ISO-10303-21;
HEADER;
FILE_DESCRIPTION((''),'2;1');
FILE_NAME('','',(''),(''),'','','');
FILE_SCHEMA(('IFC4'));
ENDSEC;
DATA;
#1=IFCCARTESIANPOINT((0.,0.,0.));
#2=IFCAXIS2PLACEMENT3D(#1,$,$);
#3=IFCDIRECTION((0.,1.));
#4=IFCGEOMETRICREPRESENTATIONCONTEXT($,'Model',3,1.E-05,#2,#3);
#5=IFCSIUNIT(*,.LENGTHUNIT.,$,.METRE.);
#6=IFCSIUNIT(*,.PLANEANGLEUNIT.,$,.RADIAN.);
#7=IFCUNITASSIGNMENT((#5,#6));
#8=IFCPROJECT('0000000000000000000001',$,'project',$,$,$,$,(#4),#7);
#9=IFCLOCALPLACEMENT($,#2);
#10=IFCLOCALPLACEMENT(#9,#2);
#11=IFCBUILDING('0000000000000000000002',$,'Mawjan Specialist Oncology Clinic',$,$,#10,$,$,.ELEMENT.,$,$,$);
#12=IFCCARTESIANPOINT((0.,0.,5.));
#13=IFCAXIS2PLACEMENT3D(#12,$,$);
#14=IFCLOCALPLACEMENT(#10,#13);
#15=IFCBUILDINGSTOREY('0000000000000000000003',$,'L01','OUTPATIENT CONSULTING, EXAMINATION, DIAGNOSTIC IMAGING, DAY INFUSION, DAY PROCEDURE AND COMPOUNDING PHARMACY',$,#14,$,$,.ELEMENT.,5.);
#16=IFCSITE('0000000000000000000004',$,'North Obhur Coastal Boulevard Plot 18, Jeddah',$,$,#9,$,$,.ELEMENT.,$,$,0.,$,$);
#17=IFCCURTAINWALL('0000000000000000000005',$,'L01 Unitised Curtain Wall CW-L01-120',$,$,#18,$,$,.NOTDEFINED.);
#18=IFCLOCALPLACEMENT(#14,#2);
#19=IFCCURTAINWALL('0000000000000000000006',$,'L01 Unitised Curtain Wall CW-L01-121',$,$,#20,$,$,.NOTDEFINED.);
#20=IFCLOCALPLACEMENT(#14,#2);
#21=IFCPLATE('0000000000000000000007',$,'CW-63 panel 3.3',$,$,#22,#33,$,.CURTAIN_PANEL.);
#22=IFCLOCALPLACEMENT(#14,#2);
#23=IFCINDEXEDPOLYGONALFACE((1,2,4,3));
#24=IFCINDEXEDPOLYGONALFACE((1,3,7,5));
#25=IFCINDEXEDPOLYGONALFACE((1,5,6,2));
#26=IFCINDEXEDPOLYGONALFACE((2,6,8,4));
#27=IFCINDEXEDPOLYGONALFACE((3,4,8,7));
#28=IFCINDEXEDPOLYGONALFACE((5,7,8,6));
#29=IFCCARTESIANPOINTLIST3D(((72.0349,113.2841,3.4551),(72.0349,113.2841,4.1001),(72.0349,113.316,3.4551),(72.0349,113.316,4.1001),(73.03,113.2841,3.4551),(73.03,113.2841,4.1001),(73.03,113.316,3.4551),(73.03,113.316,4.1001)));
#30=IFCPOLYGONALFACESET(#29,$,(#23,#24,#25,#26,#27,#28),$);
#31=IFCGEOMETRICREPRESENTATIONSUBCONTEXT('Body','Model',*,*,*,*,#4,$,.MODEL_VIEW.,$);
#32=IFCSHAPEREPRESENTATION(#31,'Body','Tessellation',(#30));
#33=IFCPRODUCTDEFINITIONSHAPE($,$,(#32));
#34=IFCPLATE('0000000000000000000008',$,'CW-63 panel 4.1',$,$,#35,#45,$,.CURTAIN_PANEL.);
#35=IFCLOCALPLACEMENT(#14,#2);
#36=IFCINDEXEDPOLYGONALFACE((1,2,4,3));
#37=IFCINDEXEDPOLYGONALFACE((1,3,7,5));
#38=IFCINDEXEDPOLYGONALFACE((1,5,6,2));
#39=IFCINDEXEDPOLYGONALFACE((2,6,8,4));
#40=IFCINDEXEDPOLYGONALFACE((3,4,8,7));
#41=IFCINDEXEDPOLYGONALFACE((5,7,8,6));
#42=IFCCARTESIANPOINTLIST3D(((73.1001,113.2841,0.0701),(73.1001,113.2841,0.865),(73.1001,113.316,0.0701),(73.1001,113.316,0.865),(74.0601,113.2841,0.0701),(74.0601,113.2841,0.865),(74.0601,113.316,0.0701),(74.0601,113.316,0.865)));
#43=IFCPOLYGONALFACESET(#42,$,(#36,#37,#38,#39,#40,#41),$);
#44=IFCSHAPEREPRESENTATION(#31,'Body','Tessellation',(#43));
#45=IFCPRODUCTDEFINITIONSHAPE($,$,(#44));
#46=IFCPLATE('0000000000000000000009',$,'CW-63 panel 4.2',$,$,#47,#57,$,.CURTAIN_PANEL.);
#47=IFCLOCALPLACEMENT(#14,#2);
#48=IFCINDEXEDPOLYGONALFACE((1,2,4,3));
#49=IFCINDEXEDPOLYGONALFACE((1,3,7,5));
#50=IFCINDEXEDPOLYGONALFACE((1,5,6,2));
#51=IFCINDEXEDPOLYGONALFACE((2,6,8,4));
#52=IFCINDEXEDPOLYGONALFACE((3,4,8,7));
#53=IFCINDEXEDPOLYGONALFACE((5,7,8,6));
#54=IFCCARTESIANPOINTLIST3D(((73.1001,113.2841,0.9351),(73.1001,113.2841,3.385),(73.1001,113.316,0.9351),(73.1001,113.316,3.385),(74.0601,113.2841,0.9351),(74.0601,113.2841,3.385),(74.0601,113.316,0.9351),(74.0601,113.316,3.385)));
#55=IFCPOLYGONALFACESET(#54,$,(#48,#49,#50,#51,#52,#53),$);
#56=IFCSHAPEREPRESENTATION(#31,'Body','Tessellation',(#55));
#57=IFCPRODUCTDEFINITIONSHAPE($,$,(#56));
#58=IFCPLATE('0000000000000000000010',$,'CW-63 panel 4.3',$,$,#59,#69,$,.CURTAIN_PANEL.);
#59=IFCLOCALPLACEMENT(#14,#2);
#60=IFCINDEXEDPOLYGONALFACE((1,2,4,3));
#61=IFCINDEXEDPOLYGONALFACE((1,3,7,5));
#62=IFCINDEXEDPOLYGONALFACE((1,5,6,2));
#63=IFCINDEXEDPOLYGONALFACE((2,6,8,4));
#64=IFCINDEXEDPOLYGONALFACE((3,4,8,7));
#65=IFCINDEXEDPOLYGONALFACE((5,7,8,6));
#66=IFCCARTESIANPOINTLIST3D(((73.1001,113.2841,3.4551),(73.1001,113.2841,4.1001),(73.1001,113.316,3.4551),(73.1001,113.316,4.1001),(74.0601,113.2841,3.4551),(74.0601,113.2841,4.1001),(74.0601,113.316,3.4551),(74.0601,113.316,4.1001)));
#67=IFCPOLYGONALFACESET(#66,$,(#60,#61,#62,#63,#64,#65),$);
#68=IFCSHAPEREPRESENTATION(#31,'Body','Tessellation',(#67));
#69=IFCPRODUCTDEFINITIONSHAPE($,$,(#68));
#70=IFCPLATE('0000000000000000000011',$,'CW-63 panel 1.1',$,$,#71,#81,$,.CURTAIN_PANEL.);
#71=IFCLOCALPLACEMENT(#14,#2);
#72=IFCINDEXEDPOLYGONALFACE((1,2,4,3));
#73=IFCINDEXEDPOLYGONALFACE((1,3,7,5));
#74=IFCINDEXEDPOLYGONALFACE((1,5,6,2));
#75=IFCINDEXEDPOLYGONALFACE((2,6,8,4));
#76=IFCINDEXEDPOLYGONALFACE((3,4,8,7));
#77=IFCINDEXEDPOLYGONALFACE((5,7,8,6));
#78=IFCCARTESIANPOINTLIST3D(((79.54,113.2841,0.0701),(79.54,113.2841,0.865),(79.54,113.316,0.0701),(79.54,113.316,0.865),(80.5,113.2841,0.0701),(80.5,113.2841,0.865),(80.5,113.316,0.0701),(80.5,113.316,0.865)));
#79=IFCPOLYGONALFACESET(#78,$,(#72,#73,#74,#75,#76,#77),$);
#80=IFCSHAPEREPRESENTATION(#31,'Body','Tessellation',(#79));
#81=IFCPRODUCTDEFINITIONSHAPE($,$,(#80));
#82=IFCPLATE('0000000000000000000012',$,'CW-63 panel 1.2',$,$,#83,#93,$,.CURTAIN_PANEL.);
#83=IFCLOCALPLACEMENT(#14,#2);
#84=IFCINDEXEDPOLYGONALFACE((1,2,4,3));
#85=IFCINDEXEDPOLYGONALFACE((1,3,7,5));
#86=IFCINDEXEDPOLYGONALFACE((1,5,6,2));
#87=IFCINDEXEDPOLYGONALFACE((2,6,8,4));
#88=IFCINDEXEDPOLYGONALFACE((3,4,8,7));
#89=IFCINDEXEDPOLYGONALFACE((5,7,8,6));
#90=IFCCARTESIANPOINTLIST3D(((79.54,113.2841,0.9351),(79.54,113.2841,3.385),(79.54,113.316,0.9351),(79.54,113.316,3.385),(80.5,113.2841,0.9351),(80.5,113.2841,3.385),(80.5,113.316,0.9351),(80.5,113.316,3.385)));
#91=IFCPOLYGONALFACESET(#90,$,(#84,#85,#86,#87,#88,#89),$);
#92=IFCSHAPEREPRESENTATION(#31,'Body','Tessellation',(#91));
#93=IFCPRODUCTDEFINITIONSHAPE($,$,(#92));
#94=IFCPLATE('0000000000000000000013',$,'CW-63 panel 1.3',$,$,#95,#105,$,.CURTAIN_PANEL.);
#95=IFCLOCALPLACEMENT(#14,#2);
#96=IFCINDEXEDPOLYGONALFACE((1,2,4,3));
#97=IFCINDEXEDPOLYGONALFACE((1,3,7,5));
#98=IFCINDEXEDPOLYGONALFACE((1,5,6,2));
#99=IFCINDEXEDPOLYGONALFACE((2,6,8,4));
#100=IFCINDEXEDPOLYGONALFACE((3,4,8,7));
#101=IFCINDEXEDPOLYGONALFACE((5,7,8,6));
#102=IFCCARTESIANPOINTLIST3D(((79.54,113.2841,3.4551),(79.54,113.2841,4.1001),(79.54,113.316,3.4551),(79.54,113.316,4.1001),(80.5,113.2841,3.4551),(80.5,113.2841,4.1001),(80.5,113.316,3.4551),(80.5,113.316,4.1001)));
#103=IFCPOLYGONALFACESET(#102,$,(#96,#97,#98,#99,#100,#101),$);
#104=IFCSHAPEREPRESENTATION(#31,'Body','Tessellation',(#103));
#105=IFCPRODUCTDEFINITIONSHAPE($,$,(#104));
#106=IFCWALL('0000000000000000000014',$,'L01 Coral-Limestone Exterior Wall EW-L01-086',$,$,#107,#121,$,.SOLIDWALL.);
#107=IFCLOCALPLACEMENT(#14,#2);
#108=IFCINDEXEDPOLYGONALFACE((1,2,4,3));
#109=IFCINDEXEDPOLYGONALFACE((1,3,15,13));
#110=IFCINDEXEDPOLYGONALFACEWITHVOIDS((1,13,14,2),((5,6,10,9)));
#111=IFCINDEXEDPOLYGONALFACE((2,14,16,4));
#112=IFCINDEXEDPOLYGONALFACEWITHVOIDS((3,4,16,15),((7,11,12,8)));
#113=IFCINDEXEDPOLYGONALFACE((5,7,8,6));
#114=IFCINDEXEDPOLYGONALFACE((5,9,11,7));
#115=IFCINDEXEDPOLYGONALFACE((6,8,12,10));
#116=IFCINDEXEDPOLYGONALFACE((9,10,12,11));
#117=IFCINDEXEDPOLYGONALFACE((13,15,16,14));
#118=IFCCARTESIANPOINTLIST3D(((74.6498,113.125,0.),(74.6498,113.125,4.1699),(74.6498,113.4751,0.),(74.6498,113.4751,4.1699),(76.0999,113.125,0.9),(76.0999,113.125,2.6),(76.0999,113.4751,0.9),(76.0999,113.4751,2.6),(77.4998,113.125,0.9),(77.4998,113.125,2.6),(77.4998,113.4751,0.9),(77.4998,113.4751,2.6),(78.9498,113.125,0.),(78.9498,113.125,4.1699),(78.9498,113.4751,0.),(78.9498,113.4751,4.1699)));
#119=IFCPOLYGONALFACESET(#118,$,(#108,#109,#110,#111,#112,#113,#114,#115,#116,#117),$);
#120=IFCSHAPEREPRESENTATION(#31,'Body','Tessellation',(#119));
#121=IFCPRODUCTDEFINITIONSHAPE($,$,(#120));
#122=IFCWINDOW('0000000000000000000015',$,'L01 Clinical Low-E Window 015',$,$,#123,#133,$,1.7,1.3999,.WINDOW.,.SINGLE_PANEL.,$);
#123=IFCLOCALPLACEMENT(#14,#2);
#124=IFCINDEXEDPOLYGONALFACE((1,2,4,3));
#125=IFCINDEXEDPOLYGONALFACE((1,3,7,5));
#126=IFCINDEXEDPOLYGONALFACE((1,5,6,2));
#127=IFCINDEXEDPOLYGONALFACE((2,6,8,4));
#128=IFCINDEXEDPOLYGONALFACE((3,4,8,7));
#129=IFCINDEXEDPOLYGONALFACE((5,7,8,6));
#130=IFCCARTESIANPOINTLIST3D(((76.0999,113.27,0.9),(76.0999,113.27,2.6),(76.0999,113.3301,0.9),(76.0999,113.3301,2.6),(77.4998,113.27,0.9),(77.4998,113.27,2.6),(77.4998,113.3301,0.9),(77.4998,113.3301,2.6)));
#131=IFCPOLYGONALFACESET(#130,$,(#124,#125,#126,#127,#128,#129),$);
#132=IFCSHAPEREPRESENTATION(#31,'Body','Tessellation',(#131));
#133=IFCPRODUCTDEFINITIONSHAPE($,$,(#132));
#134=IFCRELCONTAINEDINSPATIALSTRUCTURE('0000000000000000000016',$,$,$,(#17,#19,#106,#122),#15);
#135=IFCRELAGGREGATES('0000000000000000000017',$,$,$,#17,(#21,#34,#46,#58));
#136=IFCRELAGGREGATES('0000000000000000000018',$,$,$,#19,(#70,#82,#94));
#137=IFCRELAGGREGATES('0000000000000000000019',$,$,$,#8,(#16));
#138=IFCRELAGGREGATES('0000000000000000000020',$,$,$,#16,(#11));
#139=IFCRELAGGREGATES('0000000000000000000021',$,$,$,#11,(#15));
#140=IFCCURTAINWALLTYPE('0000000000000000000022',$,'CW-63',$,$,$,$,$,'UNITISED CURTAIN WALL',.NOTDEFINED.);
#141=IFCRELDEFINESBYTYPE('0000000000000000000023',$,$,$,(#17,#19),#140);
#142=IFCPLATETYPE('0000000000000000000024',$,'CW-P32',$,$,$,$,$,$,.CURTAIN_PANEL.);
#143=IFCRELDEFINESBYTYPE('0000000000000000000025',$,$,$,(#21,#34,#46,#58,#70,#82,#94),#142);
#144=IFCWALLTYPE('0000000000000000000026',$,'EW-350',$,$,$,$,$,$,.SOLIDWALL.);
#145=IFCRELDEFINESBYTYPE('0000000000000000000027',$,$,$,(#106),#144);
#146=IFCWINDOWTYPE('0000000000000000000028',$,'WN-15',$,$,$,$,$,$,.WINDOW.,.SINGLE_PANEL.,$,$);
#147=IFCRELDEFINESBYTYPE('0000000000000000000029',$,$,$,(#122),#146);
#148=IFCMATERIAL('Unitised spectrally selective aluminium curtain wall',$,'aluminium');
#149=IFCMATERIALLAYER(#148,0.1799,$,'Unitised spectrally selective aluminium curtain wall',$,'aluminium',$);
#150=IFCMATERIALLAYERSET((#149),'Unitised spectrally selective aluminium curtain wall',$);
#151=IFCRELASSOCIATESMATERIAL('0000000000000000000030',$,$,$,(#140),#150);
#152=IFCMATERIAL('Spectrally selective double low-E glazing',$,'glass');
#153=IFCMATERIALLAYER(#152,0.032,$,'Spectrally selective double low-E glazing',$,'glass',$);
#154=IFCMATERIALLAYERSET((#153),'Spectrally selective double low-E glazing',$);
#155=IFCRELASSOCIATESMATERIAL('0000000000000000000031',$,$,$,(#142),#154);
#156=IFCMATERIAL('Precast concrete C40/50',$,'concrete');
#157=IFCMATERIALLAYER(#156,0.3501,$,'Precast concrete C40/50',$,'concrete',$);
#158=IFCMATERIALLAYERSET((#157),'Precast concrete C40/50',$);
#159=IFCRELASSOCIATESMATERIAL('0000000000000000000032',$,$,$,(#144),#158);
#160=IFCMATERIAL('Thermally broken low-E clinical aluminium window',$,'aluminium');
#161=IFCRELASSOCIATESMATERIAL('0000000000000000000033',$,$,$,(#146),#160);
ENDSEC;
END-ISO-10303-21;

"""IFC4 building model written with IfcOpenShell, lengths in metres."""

from ifc_helpers import new_model, si_unit, direction, frame, frame_2d, origin, origin_2d, place, context, subcontext, project, spatial, rectangle, extrude, material, layer, layer_set, type_object, element, fill, aggregate, save


model = new_model("IFC4")

# Units and contexts
model_context = context("Model", 3, precision=1e-05, world=origin(), true_north=direction((0.0, 1.0)))
body_context = subcontext(model_context, "Body", "Model", "MODEL_VIEW")
ifc_project = project(units=[si_unit("LENGTHUNIT", "METRE"), si_unit("PLANEANGLEUNIT", "RADIAN")], contexts=[model_context])

# Site, building, storey
site_placement = place(None, origin())
site = spatial("IfcSite", under=ifc_project, at=site_placement, Name="North Obhur Coastal Boulevard Plot 18, Jeddah", CompositionType="ELEMENT", RefElevation=0.0)
building_placement = place(site_placement, origin())
building = spatial("IfcBuilding", under=site, at=building_placement, Name="Mawjan Specialist Oncology Clinic", CompositionType="ELEMENT")
storey_placement = place(building_placement, frame((0.0, 0.0, 5.0)))
storey = spatial("IfcBuildingStorey", under=building, at=storey_placement, Name="L01", Description="OUTPATIENT CONSULTING, EXAMINATION, DIAGNOSTIC IMAGING, DAY INFUSION, DAY PROCEDURE AND COMPOUNDING PHARMACY", CompositionType="ELEMENT", Elevation=5.0)

# Curtain wall
ifc_material_1 = material(Name="Unitised spectrally selective aluminium curtain wall", Category="aluminium")
ifc_layer_1 = layer(ifc_material_1, 0.1799, Name="Unitised spectrally selective aluminium curtain wall", Category="aluminium")
ifc_layer_set_1 = layer_set([ifc_layer_1], Name="Unitised spectrally selective aluminium curtain wall")
curtain_wall_type = type_object("IfcCurtainWallType", Name="CW-63", ElementType="UNITISED CURTAIN WALL", PredefinedType="NOTDEFINED", material=ifc_layer_set_1)
curtain_wall_1_placement = place(storey_placement, origin())
curtain_wall_1 = element("IfcCurtainWall", 1, at=curtain_wall_1_placement, inside=storey, type_object=curtain_wall_type, Name="L01 Unitised Curtain Wall CW-L01-120", PredefinedType="NOTDEFINED")

# Curtain wall
curtain_wall_2_placement = place(storey_placement, origin())
curtain_wall_2 = element("IfcCurtainWall", 2, at=curtain_wall_2_placement, inside=storey, type_object=curtain_wall_type, Name="L01 Unitised Curtain Wall CW-L01-121", PredefinedType="NOTDEFINED")

# Plates
ifc_material_2 = material(Name="Spectrally selective double low-E glazing", Category="glass")
ifc_layer_2 = layer(ifc_material_2, 0.032, Name="Spectrally selective double low-E glazing", Category="glass")
ifc_layer_set_2 = layer_set([ifc_layer_2], Name="Spectrally selective double low-E glazing")
plate_type = type_object("IfcPlateType", Name="CW-P32", PredefinedType="CURTAIN_PANEL", material=ifc_layer_set_2)
plate_1_placement = place(storey_placement, frame((72.5325, 113.3, 3.4551), z_axis=(0.0, 0.0, 1.0), x_axis=(1.0, 0.0, 0.0)))
plate_1 = element("IfcPlate", 3, at=plate_1_placement, type_object=plate_type, Name="CW-63 panel 3.3", PredefinedType="CURTAIN_PANEL", context=body_context, shape_type="SweptSolid", body=[
    extrude(rectangle(XDim=0.9951, YDim=0.032, at=origin_2d()), origin(), (0.0, 0.0, 1.0), 0.645),
])
plate_2_placement = place(storey_placement, frame((73.5801, 113.3, 0.0701), z_axis=(0.0, 0.0, 1.0), x_axis=(1.0, 0.0, 0.0)))
plate_2 = element("IfcPlate", 4, at=plate_2_placement, type_object=plate_type, Name="CW-63 panel 4.1", PredefinedType="CURTAIN_PANEL", context=body_context, shape_type="SweptSolid", body=[
    extrude(rectangle(XDim=0.96, YDim=0.032, at=origin_2d()), origin(), (0.0, 0.0, 1.0), 0.7949),
])
plate_3_placement = place(storey_placement, frame((73.5801, 113.3, 0.9351), z_axis=(0.0, 0.0, 1.0), x_axis=(1.0, 0.0, 0.0)))
plate_3 = element("IfcPlate", 5, at=plate_3_placement, type_object=plate_type, Name="CW-63 panel 4.2", PredefinedType="CURTAIN_PANEL", context=body_context, shape_type="SweptSolid", body=[
    extrude(rectangle(XDim=0.96, YDim=0.032, at=origin_2d()), origin(), (0.0, 0.0, 1.0), 2.45),
])
plate_4_placement = place(storey_placement, frame((73.5801, 113.3, 3.4551), z_axis=(0.0, 0.0, 1.0), x_axis=(1.0, 0.0, 0.0)))
plate_4 = element("IfcPlate", 6, at=plate_4_placement, type_object=plate_type, Name="CW-63 panel 4.3", PredefinedType="CURTAIN_PANEL", context=body_context, shape_type="SweptSolid", body=[
    extrude(rectangle(XDim=0.96, YDim=0.032, at=origin_2d()), origin(), (0.0, 0.0, 1.0), 0.645),
])
aggregate(curtain_wall_1, [plate_1, plate_2, plate_3, plate_4])
plate_5_placement = place(storey_placement, frame((80.02, 113.3, 0.0701), z_axis=(0.0, 0.0, 1.0), x_axis=(1.0, 0.0, 0.0)))
plate_5 = element("IfcPlate", 7, at=plate_5_placement, type_object=plate_type, Name="CW-63 panel 1.1", PredefinedType="CURTAIN_PANEL", context=body_context, shape_type="SweptSolid", body=[
    extrude(rectangle(XDim=0.96, YDim=0.032, at=origin_2d()), origin(), (0.0, 0.0, 1.0), 0.7949),
])
plate_6_placement = place(storey_placement, frame((80.02, 113.3, 0.9351), z_axis=(0.0, 0.0, 1.0), x_axis=(1.0, 0.0, 0.0)))
plate_6 = element("IfcPlate", 8, at=plate_6_placement, type_object=plate_type, Name="CW-63 panel 1.2", PredefinedType="CURTAIN_PANEL", context=body_context, shape_type="SweptSolid", body=[
    extrude(rectangle(XDim=0.96, YDim=0.032, at=origin_2d()), origin(), (0.0, 0.0, 1.0), 2.45),
])
plate_7_placement = place(storey_placement, frame((80.02, 113.3, 3.4551), z_axis=(0.0, 0.0, 1.0), x_axis=(1.0, 0.0, 0.0)))
plate_7 = element("IfcPlate", 9, at=plate_7_placement, type_object=plate_type, Name="CW-63 panel 1.3", PredefinedType="CURTAIN_PANEL", context=body_context, shape_type="SweptSolid", body=[
    extrude(rectangle(XDim=0.96, YDim=0.032, at=origin_2d()), origin(), (0.0, 0.0, 1.0), 0.645),
])
aggregate(curtain_wall_2, [plate_5, plate_6, plate_7])

# Wall, opening, window
ifc_material_3 = material(Name="Precast concrete C40/50", Category="concrete")
ifc_layer_3 = layer(ifc_material_3, 0.3501, Name="Precast concrete C40/50", Category="concrete")
ifc_layer_set_3 = layer_set([ifc_layer_3], Name="Precast concrete C40/50")
wall_type = type_object("IfcWallType", Name="EW-350", PredefinedType="SOLIDWALL", material=ifc_layer_set_3)
wall_placement = place(storey_placement, frame((74.6499, 113.3, 0.0), z_axis=(0.0, 0.0, 1.0), x_axis=(1.0, 0.0, 0.0)))
wall = element("IfcWall", 10, at=wall_placement, inside=storey, type_object=wall_type, Name="L01 Coral-Limestone Exterior Wall EW-L01-086", PredefinedType="SOLIDWALL", context=body_context, shape_type="SweptSolid", body=[
    extrude(rectangle(XDim=4.3, YDim=0.3501, at=frame_2d((2.1499, 0.0))), origin(), (0.0, 0.0, 1.0), 4.1699),
])
opening_placement = place(wall_placement, frame((1.45, 0.0, 0.8999)))
opening = element("IfcOpeningElement", 11, at=opening_placement, cuts=wall, PredefinedType="OPENING", context=body_context, shape_type="SweptSolid", body=[
    extrude(rectangle(XDim=1.3999, YDim=1.7, at=frame_2d((0.7, 0.8501))), frame((0.0, 0.187, 0.0), z_axis=(0.0, -1.0, 0.0), x_axis=(1.0, 0.0, 0.0)), (0.0, 0.0, 1.0), 0.374),
])
ifc_material_4 = material(Name="Thermally broken low-E clinical aluminium window", Category="aluminium")
window_type = type_object("IfcWindowType", Name="WN-15", PartitioningType="SINGLE_PANEL", PredefinedType="WINDOW", material=ifc_material_4)
window_placement = place(opening_placement, origin())
window = element("IfcWindow", 12, at=window_placement, inside=storey, type_object=window_type, Name="L01 Clinical Low-E Window 015", OverallHeight=1.7, OverallWidth=1.3999, PartitioningType="SINGLE_PANEL", PredefinedType="WINDOW", context=body_context, shape_type="SweptSolid", body=[
    extrude(rectangle(XDim=1.3999, YDim=1.7, at=frame_2d((0.7, 0.8501))), frame((0.0, 0.03, 0.0), z_axis=(0.0, -1.0, 0.0), x_axis=(1.0, 0.0, 0.0)), (0.0, 0.0, 1.0), 0.0601),
])
fill(opening, window)

save(model, "model.ifc")
